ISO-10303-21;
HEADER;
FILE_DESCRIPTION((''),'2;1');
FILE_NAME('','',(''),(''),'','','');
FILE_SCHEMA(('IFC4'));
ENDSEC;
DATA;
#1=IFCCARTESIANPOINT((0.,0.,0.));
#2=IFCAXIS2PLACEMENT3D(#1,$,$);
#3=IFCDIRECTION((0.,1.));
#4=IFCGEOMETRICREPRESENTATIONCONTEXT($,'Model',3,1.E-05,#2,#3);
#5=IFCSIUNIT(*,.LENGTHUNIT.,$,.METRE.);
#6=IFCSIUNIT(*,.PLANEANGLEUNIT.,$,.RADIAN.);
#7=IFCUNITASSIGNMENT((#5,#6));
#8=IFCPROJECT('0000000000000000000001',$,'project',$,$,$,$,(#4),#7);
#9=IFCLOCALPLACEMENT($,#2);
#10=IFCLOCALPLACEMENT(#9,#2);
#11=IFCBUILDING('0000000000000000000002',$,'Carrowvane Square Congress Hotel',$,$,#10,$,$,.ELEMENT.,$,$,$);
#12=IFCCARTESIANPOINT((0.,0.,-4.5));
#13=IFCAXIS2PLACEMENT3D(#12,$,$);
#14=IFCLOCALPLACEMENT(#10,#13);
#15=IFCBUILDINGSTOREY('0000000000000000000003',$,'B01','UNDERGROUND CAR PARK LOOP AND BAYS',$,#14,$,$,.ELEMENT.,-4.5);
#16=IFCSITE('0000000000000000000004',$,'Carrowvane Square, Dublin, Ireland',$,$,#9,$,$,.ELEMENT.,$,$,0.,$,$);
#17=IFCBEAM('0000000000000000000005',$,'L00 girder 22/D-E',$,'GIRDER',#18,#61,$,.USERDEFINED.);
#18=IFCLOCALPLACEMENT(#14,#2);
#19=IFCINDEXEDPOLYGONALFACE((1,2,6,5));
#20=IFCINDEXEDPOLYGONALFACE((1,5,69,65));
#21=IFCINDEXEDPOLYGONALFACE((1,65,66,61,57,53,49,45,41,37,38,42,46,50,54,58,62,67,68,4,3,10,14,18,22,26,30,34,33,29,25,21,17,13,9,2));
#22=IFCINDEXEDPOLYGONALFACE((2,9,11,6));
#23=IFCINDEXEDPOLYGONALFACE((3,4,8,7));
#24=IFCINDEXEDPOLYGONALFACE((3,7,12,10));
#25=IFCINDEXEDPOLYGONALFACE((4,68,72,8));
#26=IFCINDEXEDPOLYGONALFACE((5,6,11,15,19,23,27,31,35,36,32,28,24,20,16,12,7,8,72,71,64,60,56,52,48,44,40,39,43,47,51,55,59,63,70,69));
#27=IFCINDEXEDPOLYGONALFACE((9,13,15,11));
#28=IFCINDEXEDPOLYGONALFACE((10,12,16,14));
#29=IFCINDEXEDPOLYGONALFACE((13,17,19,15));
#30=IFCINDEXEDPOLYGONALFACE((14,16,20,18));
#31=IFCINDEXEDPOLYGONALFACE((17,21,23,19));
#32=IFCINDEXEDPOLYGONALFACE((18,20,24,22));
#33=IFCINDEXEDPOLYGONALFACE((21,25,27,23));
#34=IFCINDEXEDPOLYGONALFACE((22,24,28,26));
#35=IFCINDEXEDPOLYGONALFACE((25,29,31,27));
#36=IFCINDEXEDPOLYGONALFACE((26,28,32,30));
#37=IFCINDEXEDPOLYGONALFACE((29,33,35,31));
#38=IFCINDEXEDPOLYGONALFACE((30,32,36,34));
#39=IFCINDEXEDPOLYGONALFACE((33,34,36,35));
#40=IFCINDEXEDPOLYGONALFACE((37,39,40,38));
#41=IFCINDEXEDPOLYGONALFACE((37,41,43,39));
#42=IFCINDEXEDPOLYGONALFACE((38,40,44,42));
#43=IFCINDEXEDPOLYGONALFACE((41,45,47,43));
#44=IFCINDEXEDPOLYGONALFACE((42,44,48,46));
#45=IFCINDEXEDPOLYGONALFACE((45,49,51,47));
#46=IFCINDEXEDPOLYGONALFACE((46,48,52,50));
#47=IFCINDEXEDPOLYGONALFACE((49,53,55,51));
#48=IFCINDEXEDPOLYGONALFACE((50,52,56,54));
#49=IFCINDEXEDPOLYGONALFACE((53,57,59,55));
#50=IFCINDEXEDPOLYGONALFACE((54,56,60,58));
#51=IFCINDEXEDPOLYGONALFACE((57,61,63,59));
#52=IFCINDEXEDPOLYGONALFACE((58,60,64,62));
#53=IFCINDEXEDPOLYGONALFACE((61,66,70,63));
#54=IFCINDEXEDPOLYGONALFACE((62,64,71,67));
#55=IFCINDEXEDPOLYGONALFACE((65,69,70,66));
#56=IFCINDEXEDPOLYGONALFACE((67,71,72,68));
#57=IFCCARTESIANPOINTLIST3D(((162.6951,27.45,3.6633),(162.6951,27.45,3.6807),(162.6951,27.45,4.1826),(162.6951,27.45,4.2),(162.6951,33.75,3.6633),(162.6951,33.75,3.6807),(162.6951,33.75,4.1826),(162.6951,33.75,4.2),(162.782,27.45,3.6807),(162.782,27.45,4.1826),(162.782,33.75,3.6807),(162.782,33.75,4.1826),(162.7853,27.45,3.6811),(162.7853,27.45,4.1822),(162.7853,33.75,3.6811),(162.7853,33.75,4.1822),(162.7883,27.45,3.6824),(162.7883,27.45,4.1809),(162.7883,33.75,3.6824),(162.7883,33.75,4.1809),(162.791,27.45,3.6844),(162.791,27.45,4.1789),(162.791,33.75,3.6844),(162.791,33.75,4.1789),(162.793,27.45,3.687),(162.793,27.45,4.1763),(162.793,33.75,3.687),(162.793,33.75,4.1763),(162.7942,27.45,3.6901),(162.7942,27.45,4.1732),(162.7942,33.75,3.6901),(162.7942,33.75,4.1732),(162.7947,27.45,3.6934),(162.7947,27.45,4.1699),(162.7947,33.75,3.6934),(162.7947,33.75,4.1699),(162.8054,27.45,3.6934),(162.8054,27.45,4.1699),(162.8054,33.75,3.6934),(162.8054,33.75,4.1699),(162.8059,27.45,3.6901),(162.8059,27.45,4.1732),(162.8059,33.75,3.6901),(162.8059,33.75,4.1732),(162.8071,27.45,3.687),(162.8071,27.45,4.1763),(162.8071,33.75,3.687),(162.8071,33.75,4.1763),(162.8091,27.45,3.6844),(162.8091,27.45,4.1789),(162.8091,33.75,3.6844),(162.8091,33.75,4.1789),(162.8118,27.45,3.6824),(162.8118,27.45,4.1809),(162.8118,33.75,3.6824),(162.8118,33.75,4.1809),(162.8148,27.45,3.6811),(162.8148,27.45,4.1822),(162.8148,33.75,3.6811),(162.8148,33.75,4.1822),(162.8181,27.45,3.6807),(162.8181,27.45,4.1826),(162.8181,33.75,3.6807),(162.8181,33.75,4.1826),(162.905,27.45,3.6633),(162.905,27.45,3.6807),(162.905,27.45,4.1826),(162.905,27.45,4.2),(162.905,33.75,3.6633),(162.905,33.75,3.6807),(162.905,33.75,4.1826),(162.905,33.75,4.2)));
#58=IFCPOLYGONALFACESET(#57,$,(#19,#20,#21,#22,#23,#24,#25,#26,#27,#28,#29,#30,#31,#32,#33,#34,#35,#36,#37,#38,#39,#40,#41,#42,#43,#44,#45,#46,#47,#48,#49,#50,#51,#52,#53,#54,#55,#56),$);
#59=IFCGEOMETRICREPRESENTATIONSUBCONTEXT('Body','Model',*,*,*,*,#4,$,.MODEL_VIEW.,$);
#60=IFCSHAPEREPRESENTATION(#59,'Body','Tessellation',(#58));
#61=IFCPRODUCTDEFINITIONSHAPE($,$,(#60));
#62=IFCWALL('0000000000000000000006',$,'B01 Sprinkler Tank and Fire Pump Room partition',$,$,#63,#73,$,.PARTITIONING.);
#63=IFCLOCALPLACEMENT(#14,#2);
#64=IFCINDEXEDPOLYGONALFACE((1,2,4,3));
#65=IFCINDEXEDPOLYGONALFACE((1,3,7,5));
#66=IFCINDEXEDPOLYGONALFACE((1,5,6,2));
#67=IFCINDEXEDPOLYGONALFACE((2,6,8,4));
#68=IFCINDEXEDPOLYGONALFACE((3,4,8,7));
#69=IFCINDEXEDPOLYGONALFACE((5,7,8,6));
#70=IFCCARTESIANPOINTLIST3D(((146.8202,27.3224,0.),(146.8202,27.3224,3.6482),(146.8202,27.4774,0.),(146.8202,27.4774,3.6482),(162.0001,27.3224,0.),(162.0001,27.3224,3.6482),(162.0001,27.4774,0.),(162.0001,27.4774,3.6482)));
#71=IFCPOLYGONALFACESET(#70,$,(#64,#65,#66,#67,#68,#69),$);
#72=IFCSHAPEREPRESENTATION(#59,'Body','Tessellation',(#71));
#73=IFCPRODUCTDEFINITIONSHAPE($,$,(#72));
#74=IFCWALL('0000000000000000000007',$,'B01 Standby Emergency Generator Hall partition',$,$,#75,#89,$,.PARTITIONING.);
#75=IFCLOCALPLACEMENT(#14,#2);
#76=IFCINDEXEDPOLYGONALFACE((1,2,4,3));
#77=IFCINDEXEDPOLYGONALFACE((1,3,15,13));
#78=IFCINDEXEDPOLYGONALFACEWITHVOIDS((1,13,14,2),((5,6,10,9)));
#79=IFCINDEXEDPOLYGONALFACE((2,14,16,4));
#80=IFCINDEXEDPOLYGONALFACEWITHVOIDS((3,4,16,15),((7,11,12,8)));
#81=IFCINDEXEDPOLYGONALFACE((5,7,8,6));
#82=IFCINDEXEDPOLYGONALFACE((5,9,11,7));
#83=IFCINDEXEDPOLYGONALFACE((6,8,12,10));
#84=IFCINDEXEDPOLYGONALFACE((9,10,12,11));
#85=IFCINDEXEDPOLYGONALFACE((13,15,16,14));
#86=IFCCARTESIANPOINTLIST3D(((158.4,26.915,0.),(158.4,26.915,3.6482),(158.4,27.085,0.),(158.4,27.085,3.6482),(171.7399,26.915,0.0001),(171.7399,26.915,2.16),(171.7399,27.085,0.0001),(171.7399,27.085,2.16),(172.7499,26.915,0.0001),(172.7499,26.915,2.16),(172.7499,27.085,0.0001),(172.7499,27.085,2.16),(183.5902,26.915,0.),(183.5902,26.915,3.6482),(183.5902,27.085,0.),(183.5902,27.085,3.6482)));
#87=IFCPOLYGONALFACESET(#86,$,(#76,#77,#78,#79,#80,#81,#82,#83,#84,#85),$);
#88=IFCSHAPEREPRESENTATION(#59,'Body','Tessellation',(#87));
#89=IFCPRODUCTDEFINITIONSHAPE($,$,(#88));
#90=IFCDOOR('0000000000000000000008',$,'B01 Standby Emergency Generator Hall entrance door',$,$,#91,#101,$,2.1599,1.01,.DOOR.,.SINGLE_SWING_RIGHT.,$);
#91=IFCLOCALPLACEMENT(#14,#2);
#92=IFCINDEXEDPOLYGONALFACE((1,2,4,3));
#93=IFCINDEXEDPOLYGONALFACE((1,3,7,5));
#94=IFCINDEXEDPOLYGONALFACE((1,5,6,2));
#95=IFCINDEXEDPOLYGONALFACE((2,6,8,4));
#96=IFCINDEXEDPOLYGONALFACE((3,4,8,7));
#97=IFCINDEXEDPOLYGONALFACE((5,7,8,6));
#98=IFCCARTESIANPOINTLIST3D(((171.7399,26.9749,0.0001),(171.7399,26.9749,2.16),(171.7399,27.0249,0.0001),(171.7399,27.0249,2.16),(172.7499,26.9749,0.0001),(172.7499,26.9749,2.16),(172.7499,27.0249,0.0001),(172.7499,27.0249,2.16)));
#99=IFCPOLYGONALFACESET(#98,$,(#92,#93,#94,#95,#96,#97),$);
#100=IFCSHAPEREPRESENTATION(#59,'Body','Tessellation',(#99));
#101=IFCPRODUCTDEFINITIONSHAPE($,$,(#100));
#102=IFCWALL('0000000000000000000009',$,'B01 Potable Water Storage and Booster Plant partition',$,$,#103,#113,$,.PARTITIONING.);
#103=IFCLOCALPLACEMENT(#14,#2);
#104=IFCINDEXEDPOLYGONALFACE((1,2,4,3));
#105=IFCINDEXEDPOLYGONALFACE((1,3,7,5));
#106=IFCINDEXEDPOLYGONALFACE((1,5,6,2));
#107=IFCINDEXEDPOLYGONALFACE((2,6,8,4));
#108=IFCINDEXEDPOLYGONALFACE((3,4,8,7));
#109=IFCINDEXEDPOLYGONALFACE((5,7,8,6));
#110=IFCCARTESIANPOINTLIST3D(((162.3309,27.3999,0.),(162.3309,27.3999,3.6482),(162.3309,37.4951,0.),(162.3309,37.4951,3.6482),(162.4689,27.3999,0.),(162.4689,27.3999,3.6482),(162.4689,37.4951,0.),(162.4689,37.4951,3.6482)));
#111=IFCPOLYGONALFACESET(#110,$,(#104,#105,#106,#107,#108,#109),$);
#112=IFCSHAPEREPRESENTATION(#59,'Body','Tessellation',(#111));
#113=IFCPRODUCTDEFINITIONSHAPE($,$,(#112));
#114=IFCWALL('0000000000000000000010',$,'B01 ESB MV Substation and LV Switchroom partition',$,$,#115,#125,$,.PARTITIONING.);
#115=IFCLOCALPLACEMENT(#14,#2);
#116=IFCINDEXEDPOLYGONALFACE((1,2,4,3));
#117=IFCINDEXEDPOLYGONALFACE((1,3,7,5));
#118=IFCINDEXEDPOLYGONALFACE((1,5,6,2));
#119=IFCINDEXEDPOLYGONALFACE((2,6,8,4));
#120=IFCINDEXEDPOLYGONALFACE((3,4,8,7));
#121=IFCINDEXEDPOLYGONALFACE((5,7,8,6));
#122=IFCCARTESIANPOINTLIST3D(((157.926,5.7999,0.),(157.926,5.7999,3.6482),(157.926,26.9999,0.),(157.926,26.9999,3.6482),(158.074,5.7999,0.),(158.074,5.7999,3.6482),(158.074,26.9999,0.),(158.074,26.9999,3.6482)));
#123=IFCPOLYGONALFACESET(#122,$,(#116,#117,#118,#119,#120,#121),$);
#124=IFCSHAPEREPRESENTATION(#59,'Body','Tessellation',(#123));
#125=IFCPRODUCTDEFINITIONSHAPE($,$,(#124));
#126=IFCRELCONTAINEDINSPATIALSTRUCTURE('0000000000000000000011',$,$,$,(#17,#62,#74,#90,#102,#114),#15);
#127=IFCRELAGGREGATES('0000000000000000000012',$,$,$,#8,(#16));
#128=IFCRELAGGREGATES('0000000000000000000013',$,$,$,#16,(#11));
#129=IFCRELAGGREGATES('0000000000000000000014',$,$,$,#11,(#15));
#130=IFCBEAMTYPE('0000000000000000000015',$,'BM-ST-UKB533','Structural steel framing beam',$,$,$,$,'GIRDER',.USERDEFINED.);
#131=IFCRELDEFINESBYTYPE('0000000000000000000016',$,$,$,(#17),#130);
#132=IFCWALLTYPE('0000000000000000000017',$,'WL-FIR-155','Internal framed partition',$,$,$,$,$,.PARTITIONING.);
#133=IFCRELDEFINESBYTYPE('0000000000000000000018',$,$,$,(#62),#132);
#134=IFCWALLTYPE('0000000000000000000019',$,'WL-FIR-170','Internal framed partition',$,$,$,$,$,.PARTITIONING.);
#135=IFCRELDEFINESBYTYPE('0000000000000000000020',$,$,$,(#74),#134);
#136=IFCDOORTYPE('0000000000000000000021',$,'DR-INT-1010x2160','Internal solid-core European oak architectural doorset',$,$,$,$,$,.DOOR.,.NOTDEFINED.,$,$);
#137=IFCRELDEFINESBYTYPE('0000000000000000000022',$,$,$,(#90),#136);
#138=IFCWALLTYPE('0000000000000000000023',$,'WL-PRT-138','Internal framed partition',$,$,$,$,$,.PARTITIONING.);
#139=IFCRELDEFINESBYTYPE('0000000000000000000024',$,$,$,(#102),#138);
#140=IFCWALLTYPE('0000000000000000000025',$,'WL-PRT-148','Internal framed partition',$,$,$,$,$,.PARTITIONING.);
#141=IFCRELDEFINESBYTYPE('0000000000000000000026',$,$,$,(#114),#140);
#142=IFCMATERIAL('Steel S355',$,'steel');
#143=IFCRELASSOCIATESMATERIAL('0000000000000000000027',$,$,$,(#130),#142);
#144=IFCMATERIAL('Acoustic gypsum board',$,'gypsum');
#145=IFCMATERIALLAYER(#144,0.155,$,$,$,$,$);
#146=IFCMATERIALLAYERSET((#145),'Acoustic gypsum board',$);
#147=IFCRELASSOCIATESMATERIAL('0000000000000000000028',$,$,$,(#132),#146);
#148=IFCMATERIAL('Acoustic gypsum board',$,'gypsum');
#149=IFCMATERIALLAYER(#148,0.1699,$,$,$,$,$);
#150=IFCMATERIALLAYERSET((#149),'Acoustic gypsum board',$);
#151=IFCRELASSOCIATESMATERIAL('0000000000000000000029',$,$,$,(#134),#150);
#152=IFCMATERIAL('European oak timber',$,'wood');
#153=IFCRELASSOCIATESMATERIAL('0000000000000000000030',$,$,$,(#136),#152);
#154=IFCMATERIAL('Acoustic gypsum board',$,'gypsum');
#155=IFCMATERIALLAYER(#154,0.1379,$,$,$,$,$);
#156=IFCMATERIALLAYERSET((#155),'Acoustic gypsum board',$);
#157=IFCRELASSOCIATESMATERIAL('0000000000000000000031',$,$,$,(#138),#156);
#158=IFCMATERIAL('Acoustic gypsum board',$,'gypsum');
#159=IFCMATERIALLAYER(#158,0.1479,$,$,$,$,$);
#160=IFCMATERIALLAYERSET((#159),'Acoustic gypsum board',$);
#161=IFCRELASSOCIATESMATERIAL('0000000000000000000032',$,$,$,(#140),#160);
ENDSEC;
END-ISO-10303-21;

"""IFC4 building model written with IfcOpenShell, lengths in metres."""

from ifc_helpers import new_model, si_unit, direction, frame, frame_2d, origin, origin_2d, place, context, subcontext, project, spatial, rectangle, i_section, extrude, material, layer, layer_set, material_profile, profile_set, type_object, element, fill, save


model = new_model("IFC4")

# Units and contexts
model_context = context("Model", 3, precision=1e-05, world=origin(), true_north=direction((0.0, 1.0)))
body_context = subcontext(model_context, "Body", "Model", "MODEL_VIEW")
ifc_project = project(units=[si_unit("LENGTHUNIT", "METRE"), si_unit("PLANEANGLEUNIT", "RADIAN")], contexts=[model_context])

# Site, building, storey
site_placement = place(None, origin())
site = spatial("IfcSite", under=ifc_project, at=site_placement, Name="Carrowvane Square, Dublin, Ireland", CompositionType="ELEMENT", RefElevation=0.0)
building_placement = place(site_placement, origin())
building = spatial("IfcBuilding", under=site, at=building_placement, Name="Carrowvane Square Congress Hotel", CompositionType="ELEMENT")
storey_placement = place(building_placement, frame((0.0, 0.0, -4.5)))
storey = spatial("IfcBuildingStorey", under=building, at=storey_placement, Name="B01", Description="UNDERGROUND CAR PARK LOOP AND BAYS", CompositionType="ELEMENT", Elevation=-4.5)

# Beam
ifc_material_1 = material(Name="Steel S355", Category="steel")
ifc_material_profile_1 = material_profile(ifc_material_1, i_section(OverallWidth=0.21, OverallDepth=0.5366, WebThickness=0.0107, FlangeThickness=0.0173, FilletRadius=0.0127, at=origin_2d()), Name="UKB 533x210x101")
ifc_profile_set_1 = profile_set([ifc_material_profile_1], Name="Steel S355")
beam_type_1 = type_object("IfcBeamType", Name="BM-ST-UKB533", Description="Structural steel framing beam", ElementType="GIRDER", PredefinedType="USERDEFINED", material=ifc_profile_set_1)
for number, where, z_axis, x_axis, name in (
    (1, (162.8, 27.45, 3.9316), (0.0, 1.0, 0.0), (-1.0, 0.0, 0.0), "L00 girder 22/D-E"),
):
    element("IfcBeam", number, at=place(storey_placement, frame(where, z_axis=z_axis, x_axis=x_axis)), inside=storey, type_object=beam_type_1, Name=name, ObjectType="GIRDER", PredefinedType="USERDEFINED", context=body_context, shape_type="SweptSolid", body=[
        extrude(i_section(OverallWidth=0.21, OverallDepth=0.5366, WebThickness=0.0107, FlangeThickness=0.0173, FilletRadius=0.0127, at=origin_2d()), origin(), (0.0, 0.0, 1.0), 6.3),
    ])

# Wall
ifc_material_2 = material(Name="Acoustic gypsum board", Category="gypsum")
ifc_layer_1 = layer(ifc_material_2, 0.155)
ifc_layer_set_1 = layer_set([ifc_layer_1], Name="Acoustic gypsum board")
wall_type_1 = type_object("IfcWallType", Name="WL-FIR-155", Description="Internal framed partition", PredefinedType="PARTITIONING", material=ifc_layer_set_1)
wall_1_placement = place(storey_placement, frame((162.0, 27.3999, 0.0), z_axis=(0.0, 0.0, 1.0), x_axis=(-1.0, 0.0, 0.0)))
element("IfcWall", 2, at=wall_1_placement, inside=storey, type_object=wall_type_1, Name="B01 Sprinkler Tank and Fire Pump Room partition", PredefinedType="PARTITIONING", context=body_context, shape_type="SweptSolid", body=[
    extrude(rectangle(XDim=15.1799, YDim=0.155, at=frame_2d((7.5898, 0.0))), origin(), (0.0, 0.0, 1.0), 3.6482),
])

# Wall, opening, door
ifc_material_3 = material(Name="Acoustic gypsum board", Category="gypsum")
ifc_layer_2 = layer(ifc_material_3, 0.1699)
ifc_layer_set_2 = layer_set([ifc_layer_2], Name="Acoustic gypsum board")
wall_type_2 = type_object("IfcWallType", Name="WL-FIR-170", Description="Internal framed partition", PredefinedType="PARTITIONING", material=ifc_layer_set_2)
wall_2_placement = place(storey_placement, frame((158.3999, 27.0, 0.0), z_axis=(0.0, 0.0, 1.0), x_axis=(1.0, 0.0, 0.0)))
wall_2 = element("IfcWall", 3, at=wall_2_placement, inside=storey, type_object=wall_type_2, Name="B01 Standby Emergency Generator Hall partition", PredefinedType="PARTITIONING", context=body_context, shape_type="SweptSolid", body=[
    extrude(rectangle(XDim=25.1902, YDim=0.1699, at=frame_2d((12.5952, 0.0))), origin(), (0.0, 0.0, 1.0), 3.6482),
])
opening_placement = place(wall_2_placement, frame((13.3401, 0.0, 0.0)))
opening = element("IfcOpeningElement", 4, at=opening_placement, cuts=wall_2, PredefinedType="OPENING", context=body_context, shape_type="SweptSolid", body=[
    extrude(rectangle(XDim=1.01, YDim=2.1599, at=frame_2d((0.5049, 1.0801))), frame((0.0, 0.095, 0.0), z_axis=(0.0, -1.0, 0.0), x_axis=(1.0, 0.0, 0.0)), (0.0, 0.0, 1.0), 0.1899),
])
ifc_material_4 = material(Name="European oak timber", Category="wood")
door_type = type_object("IfcDoorType", Name="DR-INT-1010x2160", Description="Internal solid-core European oak architectural doorset", OperationType="NOTDEFINED", PredefinedType="DOOR", material=ifc_material_4)
door_placement = place(opening_placement, origin())
door = element("IfcDoor", 5, at=door_placement, inside=storey, type_object=door_type, Name="B01 Standby Emergency Generator Hall entrance door", OperationType="SINGLE_SWING_RIGHT", OverallHeight=2.1599, OverallWidth=1.01, PredefinedType="DOOR", context=body_context, shape_type="SweptSolid", body=[
    extrude(rectangle(XDim=1.01, YDim=2.1599, at=frame_2d((0.5049, 1.0801))), frame((0.0, 0.0249, 0.0), z_axis=(0.0, -1.0, 0.0), x_axis=(1.0, 0.0, 0.0)), (0.0, 0.0, 1.0), 0.05),
])
fill(opening, door)

# Walls
ifc_material_5 = material(Name="Acoustic gypsum board", Category="gypsum")
ifc_layer_3 = layer(ifc_material_5, 0.1379)
ifc_layer_set_3 = layer_set([ifc_layer_3], Name="Acoustic gypsum board")
wall_type_3 = type_object("IfcWallType", Name="WL-PRT-138", Description="Internal framed partition", PredefinedType="PARTITIONING", material=ifc_layer_set_3)
wall_3_placement = place(storey_placement, frame((162.3999, 27.3999, 0.0), z_axis=(0.0, 0.0, 1.0), x_axis=(0.0, 1.0, 0.0)))
element("IfcWall", 6, at=wall_3_placement, inside=storey, type_object=wall_type_3, Name="B01 Potable Water Storage and Booster Plant partition", PredefinedType="PARTITIONING", context=body_context, shape_type="SweptSolid", body=[
    extrude(rectangle(XDim=10.0952, YDim=0.1379, at=frame_2d((5.0476, 0.0))), origin(), (0.0, 0.0, 1.0), 3.6482),
])
ifc_material_6 = material(Name="Acoustic gypsum board", Category="gypsum")
ifc_layer_4 = layer(ifc_material_6, 0.1479)
ifc_layer_set_4 = layer_set([ifc_layer_4], Name="Acoustic gypsum board")
wall_type_4 = type_object("IfcWallType", Name="WL-PRT-148", Description="Internal framed partition", PredefinedType="PARTITIONING", material=ifc_layer_set_4)
wall_4_placement = place(storey_placement, frame((158.0, 27.0, 0.0), z_axis=(0.0, 0.0, 1.0), x_axis=(0.0, -1.0, 0.0)))
element("IfcWall", 7, at=wall_4_placement, inside=storey, type_object=wall_type_4, Name="B01 ESB MV Substation and LV Switchroom partition", PredefinedType="PARTITIONING", context=body_context, shape_type="SweptSolid", body=[
    extrude(rectangle(XDim=21.2, YDim=0.1479, at=frame_2d((10.6001, 0.0))), origin(), (0.0, 0.0, 1.0), 3.6482),
])

save(model, "model.ifc")
